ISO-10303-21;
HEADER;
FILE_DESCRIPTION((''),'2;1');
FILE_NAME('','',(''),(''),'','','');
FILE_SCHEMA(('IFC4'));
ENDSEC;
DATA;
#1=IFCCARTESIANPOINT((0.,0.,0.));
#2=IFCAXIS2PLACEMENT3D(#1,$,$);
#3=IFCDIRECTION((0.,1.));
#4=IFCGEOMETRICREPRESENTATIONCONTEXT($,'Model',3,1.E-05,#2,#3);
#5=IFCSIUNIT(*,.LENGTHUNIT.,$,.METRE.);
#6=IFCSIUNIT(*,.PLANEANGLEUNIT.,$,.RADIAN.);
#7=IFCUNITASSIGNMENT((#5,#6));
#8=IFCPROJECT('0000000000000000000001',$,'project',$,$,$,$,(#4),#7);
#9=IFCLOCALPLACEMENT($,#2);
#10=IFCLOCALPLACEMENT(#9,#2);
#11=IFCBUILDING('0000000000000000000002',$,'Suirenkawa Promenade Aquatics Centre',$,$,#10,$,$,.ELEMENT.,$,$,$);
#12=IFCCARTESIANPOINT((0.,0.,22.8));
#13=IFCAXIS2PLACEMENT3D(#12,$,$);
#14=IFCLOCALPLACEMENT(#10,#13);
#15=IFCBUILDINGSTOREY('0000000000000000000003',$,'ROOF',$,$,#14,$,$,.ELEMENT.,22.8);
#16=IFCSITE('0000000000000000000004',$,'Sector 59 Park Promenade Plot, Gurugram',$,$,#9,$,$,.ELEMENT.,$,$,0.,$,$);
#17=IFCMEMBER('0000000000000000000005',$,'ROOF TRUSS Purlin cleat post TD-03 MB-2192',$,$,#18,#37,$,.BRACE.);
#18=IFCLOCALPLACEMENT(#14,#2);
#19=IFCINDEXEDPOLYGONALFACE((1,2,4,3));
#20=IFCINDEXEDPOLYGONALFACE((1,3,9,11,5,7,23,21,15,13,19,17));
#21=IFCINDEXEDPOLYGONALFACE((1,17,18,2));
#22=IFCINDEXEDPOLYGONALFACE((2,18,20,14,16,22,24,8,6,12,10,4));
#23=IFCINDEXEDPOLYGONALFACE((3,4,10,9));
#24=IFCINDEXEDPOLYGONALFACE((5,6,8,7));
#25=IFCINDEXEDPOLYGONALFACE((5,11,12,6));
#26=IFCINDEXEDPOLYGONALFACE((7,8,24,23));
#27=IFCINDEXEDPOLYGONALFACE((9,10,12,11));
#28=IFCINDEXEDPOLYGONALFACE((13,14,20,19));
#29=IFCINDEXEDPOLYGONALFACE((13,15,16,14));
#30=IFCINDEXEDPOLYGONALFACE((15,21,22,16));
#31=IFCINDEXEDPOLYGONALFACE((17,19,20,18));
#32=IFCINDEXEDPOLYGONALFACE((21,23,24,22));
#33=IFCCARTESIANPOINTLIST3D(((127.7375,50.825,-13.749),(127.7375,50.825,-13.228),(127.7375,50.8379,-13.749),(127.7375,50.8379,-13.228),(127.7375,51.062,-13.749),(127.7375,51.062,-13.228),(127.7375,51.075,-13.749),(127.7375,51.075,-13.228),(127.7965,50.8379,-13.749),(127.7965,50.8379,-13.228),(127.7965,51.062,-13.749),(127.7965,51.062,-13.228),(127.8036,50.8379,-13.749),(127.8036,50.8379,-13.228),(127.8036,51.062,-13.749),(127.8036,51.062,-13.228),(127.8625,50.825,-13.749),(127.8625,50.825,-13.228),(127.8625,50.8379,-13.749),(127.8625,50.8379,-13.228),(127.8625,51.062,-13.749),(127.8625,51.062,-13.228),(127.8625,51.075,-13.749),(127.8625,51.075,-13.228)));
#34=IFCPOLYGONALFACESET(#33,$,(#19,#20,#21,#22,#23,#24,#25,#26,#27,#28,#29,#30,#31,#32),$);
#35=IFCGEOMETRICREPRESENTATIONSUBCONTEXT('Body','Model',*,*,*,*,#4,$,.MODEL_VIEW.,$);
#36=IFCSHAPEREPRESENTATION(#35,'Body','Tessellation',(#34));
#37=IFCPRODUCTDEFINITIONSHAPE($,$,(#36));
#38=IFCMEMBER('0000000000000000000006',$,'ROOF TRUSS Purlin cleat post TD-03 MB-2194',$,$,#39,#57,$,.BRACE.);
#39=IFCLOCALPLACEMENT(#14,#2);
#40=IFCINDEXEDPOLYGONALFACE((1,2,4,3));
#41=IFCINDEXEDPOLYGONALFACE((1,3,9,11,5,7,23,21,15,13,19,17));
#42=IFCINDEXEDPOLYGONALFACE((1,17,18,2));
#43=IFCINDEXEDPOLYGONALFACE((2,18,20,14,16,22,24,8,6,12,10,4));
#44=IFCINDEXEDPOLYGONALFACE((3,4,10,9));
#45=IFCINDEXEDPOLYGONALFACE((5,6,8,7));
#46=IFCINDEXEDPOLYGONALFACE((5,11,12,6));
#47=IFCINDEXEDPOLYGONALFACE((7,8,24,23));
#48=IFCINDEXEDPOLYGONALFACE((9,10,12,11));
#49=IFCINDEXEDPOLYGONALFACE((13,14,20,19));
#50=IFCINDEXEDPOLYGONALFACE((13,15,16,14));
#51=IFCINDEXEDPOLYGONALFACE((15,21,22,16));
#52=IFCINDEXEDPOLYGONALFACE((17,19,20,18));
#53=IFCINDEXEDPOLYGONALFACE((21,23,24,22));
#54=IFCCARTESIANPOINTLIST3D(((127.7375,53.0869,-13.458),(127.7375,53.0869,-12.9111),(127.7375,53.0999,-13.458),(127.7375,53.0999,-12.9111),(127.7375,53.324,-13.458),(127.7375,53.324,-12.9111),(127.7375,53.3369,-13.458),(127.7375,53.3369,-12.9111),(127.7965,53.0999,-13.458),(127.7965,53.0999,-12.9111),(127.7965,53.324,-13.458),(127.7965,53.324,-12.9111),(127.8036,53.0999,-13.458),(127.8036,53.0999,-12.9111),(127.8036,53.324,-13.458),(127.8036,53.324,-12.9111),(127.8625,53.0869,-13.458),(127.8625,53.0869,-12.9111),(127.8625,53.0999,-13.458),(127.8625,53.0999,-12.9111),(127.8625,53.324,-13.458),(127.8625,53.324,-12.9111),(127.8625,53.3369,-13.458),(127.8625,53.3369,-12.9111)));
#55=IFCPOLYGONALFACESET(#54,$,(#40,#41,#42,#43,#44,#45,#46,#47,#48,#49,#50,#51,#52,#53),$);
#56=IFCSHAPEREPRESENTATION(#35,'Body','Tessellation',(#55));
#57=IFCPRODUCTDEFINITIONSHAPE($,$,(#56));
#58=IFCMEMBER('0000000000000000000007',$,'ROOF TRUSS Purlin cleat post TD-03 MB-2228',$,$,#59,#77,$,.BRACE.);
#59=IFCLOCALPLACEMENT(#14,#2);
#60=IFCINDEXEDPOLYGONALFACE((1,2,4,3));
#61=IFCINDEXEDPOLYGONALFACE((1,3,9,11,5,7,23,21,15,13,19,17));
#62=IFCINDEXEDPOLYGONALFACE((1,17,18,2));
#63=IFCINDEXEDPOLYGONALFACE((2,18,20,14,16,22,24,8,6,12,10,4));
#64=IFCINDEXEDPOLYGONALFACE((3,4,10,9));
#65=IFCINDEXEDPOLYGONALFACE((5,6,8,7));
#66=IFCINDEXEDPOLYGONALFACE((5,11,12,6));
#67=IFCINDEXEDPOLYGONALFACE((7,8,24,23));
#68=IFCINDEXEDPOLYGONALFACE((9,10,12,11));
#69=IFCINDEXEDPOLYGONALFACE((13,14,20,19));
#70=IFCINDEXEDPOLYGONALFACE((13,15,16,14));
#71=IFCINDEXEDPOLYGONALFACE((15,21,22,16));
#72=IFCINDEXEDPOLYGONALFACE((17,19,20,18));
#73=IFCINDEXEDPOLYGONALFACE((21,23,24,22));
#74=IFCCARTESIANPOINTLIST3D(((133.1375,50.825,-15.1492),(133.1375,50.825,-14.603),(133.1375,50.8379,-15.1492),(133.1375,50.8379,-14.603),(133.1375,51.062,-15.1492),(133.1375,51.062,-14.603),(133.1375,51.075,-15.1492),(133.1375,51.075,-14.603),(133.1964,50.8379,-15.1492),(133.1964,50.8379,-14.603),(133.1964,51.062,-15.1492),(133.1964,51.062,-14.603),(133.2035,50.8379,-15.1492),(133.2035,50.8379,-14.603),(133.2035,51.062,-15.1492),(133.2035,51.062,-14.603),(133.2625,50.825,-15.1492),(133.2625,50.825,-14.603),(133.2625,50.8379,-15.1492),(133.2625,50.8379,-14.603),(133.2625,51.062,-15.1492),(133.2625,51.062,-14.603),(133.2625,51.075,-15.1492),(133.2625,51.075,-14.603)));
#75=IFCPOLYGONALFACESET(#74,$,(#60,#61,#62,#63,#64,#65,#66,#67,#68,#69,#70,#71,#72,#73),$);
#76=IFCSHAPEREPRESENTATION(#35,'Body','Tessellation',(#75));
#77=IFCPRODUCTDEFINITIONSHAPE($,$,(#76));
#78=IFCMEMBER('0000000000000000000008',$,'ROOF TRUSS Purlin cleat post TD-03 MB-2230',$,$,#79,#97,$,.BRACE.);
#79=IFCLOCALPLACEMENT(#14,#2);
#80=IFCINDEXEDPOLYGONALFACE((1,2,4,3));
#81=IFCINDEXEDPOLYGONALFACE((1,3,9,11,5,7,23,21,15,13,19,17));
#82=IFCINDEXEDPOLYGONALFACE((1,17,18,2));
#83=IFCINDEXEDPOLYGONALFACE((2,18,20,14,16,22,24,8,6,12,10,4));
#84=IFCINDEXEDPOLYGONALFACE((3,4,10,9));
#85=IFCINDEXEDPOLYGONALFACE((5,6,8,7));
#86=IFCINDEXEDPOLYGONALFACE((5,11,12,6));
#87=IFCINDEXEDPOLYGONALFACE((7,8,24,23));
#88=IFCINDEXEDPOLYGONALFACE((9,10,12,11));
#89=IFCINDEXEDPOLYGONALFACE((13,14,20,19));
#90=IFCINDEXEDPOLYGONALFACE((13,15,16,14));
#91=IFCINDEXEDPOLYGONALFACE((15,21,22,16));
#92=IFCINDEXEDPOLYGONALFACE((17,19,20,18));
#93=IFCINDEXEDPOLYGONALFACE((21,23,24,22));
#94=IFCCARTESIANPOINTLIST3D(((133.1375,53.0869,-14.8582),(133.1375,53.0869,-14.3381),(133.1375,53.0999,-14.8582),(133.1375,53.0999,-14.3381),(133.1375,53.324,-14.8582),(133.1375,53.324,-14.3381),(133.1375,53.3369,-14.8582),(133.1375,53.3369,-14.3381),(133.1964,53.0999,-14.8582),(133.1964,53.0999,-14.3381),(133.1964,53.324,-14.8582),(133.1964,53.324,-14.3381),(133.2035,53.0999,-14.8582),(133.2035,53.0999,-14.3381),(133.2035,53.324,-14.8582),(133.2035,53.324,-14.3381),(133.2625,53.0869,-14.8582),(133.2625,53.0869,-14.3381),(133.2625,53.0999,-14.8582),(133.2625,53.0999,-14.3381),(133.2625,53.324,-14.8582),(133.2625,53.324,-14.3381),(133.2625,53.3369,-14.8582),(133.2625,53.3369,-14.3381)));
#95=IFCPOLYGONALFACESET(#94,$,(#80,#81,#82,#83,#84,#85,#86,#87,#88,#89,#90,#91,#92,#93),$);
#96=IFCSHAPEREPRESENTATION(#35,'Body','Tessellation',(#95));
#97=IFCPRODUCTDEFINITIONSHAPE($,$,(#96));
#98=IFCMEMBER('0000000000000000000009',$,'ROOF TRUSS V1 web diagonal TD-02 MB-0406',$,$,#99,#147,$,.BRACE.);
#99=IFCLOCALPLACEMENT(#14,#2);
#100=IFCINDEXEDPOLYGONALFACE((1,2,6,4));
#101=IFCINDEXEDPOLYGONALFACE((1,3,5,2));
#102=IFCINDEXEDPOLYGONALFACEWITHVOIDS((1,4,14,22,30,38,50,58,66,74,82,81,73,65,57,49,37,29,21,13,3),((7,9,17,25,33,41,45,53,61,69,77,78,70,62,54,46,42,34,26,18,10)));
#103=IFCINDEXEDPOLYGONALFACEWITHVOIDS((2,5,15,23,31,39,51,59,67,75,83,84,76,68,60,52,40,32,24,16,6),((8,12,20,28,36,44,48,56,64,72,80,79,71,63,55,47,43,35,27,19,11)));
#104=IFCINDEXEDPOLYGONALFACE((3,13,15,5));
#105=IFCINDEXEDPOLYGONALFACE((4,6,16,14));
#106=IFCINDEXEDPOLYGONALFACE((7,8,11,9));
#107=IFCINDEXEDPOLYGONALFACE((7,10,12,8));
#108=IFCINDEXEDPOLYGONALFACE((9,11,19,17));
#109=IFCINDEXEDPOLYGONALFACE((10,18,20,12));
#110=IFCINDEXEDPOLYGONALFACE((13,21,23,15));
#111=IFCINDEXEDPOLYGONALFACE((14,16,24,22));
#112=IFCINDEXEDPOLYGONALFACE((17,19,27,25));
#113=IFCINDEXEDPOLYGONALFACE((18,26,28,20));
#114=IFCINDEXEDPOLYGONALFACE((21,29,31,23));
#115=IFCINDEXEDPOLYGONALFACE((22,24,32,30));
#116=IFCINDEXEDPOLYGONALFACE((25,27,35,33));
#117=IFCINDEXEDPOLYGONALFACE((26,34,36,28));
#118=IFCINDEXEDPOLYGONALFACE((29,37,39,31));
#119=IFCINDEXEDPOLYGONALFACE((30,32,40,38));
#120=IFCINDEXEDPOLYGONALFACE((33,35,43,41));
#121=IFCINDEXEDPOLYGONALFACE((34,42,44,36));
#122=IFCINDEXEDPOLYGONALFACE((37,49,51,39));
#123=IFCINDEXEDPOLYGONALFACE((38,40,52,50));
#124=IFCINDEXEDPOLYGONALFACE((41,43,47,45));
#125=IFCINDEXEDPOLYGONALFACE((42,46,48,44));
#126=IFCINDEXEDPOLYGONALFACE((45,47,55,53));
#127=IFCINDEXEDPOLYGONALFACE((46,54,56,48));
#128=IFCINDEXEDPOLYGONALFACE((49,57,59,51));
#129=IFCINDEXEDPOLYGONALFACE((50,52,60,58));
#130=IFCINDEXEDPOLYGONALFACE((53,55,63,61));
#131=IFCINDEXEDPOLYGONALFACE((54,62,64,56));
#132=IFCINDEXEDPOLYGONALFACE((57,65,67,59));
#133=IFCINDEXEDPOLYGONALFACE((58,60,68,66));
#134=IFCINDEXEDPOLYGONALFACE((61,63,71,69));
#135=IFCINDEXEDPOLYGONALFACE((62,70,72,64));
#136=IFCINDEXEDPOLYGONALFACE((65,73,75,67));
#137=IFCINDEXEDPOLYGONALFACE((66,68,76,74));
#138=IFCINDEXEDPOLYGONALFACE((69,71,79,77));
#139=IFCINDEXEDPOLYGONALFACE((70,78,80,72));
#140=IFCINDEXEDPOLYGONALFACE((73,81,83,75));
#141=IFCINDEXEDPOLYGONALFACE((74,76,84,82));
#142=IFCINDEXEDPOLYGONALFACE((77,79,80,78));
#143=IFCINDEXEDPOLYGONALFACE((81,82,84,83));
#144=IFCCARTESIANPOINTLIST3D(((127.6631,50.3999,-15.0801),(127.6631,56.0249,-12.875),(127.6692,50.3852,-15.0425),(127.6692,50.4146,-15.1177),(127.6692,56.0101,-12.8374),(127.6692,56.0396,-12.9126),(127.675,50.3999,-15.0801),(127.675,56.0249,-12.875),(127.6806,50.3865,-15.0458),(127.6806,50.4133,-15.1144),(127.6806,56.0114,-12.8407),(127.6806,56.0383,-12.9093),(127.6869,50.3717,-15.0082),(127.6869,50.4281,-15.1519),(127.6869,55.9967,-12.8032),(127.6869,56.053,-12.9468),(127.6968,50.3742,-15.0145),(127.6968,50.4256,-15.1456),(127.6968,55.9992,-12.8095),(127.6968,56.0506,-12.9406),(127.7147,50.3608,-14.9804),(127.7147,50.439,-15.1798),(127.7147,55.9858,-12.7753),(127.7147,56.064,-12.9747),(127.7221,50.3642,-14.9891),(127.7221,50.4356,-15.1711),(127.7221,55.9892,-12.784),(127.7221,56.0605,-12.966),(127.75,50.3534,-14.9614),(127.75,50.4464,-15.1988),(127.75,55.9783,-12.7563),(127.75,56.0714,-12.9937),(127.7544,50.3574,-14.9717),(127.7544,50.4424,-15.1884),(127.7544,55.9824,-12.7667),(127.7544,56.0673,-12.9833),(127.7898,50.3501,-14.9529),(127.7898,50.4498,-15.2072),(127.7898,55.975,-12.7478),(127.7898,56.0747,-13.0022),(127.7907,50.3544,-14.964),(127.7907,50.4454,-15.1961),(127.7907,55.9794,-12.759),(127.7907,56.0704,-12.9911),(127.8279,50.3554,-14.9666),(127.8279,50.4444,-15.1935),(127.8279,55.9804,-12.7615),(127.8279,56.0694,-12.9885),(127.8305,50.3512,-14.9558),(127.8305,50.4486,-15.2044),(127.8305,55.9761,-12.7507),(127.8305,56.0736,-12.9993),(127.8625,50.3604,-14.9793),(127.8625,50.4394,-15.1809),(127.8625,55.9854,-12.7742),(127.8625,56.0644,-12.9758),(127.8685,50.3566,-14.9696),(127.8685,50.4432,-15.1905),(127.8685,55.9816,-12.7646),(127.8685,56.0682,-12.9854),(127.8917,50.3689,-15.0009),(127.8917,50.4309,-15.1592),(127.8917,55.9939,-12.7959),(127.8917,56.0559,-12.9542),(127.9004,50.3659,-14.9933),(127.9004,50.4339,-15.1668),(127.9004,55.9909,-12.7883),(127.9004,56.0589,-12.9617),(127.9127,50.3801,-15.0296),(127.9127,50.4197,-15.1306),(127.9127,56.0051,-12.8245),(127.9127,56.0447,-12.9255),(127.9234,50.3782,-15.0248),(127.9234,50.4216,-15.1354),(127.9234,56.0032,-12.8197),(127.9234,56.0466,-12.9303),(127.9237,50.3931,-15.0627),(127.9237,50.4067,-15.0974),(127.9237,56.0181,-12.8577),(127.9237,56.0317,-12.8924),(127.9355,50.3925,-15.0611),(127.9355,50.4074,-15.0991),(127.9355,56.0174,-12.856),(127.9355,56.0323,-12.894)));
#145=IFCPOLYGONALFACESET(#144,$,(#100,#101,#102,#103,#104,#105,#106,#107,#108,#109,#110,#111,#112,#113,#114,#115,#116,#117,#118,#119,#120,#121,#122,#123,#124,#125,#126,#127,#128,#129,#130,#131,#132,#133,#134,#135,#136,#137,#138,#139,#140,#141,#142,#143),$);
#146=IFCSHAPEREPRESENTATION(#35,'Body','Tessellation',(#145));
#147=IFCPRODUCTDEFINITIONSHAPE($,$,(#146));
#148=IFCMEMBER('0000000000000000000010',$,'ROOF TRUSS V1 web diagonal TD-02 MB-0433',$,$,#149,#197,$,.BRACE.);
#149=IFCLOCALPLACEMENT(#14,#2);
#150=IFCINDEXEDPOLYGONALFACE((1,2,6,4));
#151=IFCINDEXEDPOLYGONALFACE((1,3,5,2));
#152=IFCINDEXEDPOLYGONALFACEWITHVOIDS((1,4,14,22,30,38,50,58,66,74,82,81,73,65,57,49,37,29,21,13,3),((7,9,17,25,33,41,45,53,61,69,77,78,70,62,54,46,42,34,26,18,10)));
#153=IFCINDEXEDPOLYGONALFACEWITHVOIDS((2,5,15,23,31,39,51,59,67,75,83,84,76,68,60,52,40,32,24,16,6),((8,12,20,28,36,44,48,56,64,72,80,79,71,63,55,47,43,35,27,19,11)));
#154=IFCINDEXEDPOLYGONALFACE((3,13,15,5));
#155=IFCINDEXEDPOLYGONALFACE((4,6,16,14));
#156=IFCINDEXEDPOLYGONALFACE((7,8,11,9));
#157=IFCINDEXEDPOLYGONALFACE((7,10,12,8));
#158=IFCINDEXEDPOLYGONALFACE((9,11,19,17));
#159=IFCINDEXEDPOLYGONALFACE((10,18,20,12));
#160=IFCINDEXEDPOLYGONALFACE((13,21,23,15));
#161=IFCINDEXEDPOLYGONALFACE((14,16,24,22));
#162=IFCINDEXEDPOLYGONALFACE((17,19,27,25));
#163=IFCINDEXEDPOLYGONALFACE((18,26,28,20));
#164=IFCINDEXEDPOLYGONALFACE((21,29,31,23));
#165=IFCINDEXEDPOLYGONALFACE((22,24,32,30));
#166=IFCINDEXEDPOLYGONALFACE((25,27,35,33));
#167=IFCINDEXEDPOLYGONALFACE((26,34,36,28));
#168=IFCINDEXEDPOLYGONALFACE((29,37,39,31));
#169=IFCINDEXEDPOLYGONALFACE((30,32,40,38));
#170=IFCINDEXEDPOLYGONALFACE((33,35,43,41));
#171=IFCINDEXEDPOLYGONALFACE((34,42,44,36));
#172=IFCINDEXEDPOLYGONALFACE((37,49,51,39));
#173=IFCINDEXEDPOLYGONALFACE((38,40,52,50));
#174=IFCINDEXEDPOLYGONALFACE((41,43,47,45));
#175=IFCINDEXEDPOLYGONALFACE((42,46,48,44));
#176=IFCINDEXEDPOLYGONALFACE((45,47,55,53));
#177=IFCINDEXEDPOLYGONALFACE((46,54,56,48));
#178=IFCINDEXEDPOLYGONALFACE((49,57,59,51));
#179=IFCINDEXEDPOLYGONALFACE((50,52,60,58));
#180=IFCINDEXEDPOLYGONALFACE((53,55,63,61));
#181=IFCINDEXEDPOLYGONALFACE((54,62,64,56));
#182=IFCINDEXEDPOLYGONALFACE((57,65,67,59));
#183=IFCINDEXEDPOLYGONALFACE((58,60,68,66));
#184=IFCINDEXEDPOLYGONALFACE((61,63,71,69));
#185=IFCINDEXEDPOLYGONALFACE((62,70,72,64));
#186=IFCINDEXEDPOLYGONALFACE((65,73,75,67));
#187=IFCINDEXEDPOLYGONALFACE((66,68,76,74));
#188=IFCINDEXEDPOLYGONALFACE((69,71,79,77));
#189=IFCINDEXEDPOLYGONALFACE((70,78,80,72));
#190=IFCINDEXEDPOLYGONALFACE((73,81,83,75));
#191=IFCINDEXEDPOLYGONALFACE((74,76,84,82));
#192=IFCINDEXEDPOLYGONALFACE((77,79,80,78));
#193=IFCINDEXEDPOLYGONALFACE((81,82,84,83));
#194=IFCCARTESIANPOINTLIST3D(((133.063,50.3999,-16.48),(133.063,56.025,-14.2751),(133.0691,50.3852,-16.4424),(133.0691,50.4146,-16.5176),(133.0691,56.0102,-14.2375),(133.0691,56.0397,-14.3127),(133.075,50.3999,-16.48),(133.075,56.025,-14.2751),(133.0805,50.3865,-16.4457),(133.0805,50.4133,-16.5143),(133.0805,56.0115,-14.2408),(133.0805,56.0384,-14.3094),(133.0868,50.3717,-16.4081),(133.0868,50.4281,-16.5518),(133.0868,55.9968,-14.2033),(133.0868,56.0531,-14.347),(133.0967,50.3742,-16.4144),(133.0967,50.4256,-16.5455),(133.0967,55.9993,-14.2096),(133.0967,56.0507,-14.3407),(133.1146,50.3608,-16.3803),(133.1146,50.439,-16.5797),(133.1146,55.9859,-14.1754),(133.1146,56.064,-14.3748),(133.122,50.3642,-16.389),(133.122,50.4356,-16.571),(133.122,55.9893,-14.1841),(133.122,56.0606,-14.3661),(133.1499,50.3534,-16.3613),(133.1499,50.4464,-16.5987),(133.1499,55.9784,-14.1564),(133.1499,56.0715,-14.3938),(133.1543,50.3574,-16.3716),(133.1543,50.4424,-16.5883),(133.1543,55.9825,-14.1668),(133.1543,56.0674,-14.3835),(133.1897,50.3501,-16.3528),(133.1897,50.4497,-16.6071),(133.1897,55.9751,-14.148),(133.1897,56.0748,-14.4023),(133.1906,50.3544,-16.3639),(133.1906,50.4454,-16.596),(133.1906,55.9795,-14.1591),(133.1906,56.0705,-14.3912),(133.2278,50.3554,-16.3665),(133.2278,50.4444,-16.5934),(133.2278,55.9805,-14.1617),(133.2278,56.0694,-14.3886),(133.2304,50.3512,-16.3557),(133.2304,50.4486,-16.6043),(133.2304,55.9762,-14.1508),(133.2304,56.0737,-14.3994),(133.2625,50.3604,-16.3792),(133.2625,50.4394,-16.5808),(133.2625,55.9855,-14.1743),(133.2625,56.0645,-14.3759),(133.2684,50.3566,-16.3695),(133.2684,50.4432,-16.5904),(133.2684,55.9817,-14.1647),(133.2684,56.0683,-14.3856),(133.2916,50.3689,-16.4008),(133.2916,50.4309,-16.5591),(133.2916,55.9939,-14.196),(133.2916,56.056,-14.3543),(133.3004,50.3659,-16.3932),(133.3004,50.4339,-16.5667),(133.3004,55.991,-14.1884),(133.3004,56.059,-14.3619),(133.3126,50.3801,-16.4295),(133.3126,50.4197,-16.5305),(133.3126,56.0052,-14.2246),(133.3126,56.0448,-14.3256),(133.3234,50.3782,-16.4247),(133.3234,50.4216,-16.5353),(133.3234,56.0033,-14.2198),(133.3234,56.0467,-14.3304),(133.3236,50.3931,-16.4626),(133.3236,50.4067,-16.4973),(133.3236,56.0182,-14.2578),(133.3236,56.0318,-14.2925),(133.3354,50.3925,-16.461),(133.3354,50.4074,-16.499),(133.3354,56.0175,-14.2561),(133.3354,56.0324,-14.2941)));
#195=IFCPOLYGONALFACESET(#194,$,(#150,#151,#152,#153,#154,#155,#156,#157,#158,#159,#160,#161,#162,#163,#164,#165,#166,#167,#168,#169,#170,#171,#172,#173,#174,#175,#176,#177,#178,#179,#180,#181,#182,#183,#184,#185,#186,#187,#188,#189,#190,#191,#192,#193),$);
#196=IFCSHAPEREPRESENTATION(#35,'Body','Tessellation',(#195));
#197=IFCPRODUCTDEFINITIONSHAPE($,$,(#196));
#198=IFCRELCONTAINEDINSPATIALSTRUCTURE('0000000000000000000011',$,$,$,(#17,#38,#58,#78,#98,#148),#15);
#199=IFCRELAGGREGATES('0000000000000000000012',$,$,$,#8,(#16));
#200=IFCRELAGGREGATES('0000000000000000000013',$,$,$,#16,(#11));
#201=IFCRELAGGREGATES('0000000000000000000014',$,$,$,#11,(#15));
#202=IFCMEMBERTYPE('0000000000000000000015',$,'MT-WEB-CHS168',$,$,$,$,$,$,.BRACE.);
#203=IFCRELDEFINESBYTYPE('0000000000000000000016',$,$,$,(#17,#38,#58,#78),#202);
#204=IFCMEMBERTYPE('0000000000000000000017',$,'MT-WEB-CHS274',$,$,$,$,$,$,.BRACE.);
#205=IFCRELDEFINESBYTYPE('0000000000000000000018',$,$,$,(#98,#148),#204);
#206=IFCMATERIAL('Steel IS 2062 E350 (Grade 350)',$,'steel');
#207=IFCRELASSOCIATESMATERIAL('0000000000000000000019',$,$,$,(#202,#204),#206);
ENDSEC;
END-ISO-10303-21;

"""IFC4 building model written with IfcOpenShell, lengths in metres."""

from ifc_helpers import new_model, si_unit, direction, frame, origin, origin_2d, place, context, subcontext, project, spatial, hollow_circle, i_section, extrude, material, material_profile, profile_set, type_object, element, save


model = new_model("IFC4")

# Units and contexts
model_context = context("Model", 3, precision=1e-05, world=origin(), true_north=direction((0.0, 1.0)))
body_context = subcontext(model_context, "Body", "Model", "MODEL_VIEW")
ifc_project = project(units=[si_unit("LENGTHUNIT", "METRE"), si_unit("PLANEANGLEUNIT", "RADIAN")], contexts=[model_context])

# Site, building, storey
site_placement = place(None, origin())
site = spatial("IfcSite", under=ifc_project, at=site_placement, Name="Sector 59 Park Promenade Plot, Gurugram", CompositionType="ELEMENT", RefElevation=0.0)
building_placement = place(site_placement, origin())
building = spatial("IfcBuilding", under=site, at=building_placement, Name="Suirenkawa Promenade Aquatics Centre", CompositionType="ELEMENT")
storey_placement = place(building_placement, frame((0.0, 0.0, 22.8)))
storey = spatial("IfcBuildingStorey", under=building, at=storey_placement, Name="ROOF", CompositionType="ELEMENT", Elevation=22.8)

# Shared definitions
ifc_material_1 = material(Name="Steel IS 2062 E350 (Grade 350)", Category="steel")

# Members
ifc_material_profile_1 = material_profile(ifc_material_1, i_section(OverallWidth=0.125, OverallDepth=0.25, WebThickness=0.0071, FlangeThickness=0.0129, at=origin_2d()), Name="ISMB 250", Category="steel")
ifc_profile_set_1 = profile_set([ifc_material_profile_1], Name="Steel IS 2062 E350 (Grade 350)")
member_type_1 = type_object("IfcMemberType", Name="MT-WEB-CHS168", PredefinedType="BRACE", material=ifc_profile_set_1)
member_1_placement = place(storey_placement, frame((127.8, 50.95, -13.749), z_axis=(0.0, 0.0, 1.0), x_axis=(1.0, 0.0, 0.0)))
element("IfcMember", 1, at=member_1_placement, inside=storey, type_object=member_type_1, Name="ROOF TRUSS Purlin cleat post TD-03 MB-2192", PredefinedType="BRACE", context=body_context, shape_type="SweptSolid", body=[
    extrude(i_section(OverallWidth=0.125, OverallDepth=0.25, WebThickness=0.0071, FlangeThickness=0.0129, at=origin_2d()), origin(), (0.0, 0.0, 1.0), 0.521),
])
member_2_placement = place(storey_placement, frame((127.8, 53.2119, -13.458), z_axis=(0.0, 0.0, 1.0), x_axis=(1.0, 0.0, 0.0)))
element("IfcMember", 2, at=member_2_placement, inside=storey, type_object=member_type_1, Name="ROOF TRUSS Purlin cleat post TD-03 MB-2194", PredefinedType="BRACE", context=body_context, shape_type="SweptSolid", body=[
    extrude(i_section(OverallWidth=0.125, OverallDepth=0.25, WebThickness=0.0071, FlangeThickness=0.0129, at=origin_2d()), origin(), (0.0, 0.0, 1.0), 0.5469),
])
member_3_placement = place(storey_placement, frame((133.2, 50.95, -15.1492), z_axis=(0.0, 0.0, 1.0), x_axis=(1.0, 0.0, 0.0)))
element("IfcMember", 3, at=member_3_placement, inside=storey, type_object=member_type_1, Name="ROOF TRUSS Purlin cleat post TD-03 MB-2228", PredefinedType="BRACE", context=body_context, shape_type="SweptSolid", body=[
    extrude(i_section(OverallWidth=0.125, OverallDepth=0.25, WebThickness=0.0071, FlangeThickness=0.0129, at=origin_2d()), origin(), (0.0, 0.0, 1.0), 0.5461),
])
member_4_placement = place(storey_placement, frame((133.2, 53.2119, -14.8582), z_axis=(0.0, 0.0, 1.0), x_axis=(1.0, 0.0, 0.0)))
element("IfcMember", 4, at=member_4_placement, inside=storey, type_object=member_type_1, Name="ROOF TRUSS Purlin cleat post TD-03 MB-2230", PredefinedType="BRACE", context=body_context, shape_type="SweptSolid", body=[
    extrude(i_section(OverallWidth=0.125, OverallDepth=0.25, WebThickness=0.0071, FlangeThickness=0.0129, at=origin_2d()), origin(), (0.0, 0.0, 1.0), 0.52),
])
ifc_material_profile_2 = material_profile(ifc_material_1, hollow_circle(Radius=0.137, WallThickness=0.012, at=origin_2d()), Name="CHS 274x12", Category="steel")
ifc_profile_set_2 = profile_set([ifc_material_profile_2], Name="Steel IS 2062 E350 (Grade 350)")
member_type_2 = type_object("IfcMemberType", Name="MT-WEB-CHS274", PredefinedType="BRACE", material=ifc_profile_set_2)
for number, where, z_axis, x_axis, name in (
    (5, (127.8, 50.3999, -15.0801), (0.0, 0.931018, 0.364972), (-1.0, 0.0, 0.0), "ROOF TRUSS V1 web diagonal TD-02 MB-0406"),
    (6, (133.2, 50.3999, -16.48), (0.0, 0.931032, 0.364937), (-1.0, 0.0, 0.0), "ROOF TRUSS V1 web diagonal TD-02 MB-0433"),
):
    element("IfcMember", number, at=place(storey_placement, frame(where, z_axis=z_axis, x_axis=x_axis)), inside=storey, type_object=member_type_2, Name=name, PredefinedType="BRACE", context=body_context, shape_type="SweptSolid", body=[
        extrude(hollow_circle(Radius=0.137, WallThickness=0.012, at=origin_2d()), origin(), (0.0, 0.0, 1.0), 6.0417),
    ])

save(model, "model.ifc")
